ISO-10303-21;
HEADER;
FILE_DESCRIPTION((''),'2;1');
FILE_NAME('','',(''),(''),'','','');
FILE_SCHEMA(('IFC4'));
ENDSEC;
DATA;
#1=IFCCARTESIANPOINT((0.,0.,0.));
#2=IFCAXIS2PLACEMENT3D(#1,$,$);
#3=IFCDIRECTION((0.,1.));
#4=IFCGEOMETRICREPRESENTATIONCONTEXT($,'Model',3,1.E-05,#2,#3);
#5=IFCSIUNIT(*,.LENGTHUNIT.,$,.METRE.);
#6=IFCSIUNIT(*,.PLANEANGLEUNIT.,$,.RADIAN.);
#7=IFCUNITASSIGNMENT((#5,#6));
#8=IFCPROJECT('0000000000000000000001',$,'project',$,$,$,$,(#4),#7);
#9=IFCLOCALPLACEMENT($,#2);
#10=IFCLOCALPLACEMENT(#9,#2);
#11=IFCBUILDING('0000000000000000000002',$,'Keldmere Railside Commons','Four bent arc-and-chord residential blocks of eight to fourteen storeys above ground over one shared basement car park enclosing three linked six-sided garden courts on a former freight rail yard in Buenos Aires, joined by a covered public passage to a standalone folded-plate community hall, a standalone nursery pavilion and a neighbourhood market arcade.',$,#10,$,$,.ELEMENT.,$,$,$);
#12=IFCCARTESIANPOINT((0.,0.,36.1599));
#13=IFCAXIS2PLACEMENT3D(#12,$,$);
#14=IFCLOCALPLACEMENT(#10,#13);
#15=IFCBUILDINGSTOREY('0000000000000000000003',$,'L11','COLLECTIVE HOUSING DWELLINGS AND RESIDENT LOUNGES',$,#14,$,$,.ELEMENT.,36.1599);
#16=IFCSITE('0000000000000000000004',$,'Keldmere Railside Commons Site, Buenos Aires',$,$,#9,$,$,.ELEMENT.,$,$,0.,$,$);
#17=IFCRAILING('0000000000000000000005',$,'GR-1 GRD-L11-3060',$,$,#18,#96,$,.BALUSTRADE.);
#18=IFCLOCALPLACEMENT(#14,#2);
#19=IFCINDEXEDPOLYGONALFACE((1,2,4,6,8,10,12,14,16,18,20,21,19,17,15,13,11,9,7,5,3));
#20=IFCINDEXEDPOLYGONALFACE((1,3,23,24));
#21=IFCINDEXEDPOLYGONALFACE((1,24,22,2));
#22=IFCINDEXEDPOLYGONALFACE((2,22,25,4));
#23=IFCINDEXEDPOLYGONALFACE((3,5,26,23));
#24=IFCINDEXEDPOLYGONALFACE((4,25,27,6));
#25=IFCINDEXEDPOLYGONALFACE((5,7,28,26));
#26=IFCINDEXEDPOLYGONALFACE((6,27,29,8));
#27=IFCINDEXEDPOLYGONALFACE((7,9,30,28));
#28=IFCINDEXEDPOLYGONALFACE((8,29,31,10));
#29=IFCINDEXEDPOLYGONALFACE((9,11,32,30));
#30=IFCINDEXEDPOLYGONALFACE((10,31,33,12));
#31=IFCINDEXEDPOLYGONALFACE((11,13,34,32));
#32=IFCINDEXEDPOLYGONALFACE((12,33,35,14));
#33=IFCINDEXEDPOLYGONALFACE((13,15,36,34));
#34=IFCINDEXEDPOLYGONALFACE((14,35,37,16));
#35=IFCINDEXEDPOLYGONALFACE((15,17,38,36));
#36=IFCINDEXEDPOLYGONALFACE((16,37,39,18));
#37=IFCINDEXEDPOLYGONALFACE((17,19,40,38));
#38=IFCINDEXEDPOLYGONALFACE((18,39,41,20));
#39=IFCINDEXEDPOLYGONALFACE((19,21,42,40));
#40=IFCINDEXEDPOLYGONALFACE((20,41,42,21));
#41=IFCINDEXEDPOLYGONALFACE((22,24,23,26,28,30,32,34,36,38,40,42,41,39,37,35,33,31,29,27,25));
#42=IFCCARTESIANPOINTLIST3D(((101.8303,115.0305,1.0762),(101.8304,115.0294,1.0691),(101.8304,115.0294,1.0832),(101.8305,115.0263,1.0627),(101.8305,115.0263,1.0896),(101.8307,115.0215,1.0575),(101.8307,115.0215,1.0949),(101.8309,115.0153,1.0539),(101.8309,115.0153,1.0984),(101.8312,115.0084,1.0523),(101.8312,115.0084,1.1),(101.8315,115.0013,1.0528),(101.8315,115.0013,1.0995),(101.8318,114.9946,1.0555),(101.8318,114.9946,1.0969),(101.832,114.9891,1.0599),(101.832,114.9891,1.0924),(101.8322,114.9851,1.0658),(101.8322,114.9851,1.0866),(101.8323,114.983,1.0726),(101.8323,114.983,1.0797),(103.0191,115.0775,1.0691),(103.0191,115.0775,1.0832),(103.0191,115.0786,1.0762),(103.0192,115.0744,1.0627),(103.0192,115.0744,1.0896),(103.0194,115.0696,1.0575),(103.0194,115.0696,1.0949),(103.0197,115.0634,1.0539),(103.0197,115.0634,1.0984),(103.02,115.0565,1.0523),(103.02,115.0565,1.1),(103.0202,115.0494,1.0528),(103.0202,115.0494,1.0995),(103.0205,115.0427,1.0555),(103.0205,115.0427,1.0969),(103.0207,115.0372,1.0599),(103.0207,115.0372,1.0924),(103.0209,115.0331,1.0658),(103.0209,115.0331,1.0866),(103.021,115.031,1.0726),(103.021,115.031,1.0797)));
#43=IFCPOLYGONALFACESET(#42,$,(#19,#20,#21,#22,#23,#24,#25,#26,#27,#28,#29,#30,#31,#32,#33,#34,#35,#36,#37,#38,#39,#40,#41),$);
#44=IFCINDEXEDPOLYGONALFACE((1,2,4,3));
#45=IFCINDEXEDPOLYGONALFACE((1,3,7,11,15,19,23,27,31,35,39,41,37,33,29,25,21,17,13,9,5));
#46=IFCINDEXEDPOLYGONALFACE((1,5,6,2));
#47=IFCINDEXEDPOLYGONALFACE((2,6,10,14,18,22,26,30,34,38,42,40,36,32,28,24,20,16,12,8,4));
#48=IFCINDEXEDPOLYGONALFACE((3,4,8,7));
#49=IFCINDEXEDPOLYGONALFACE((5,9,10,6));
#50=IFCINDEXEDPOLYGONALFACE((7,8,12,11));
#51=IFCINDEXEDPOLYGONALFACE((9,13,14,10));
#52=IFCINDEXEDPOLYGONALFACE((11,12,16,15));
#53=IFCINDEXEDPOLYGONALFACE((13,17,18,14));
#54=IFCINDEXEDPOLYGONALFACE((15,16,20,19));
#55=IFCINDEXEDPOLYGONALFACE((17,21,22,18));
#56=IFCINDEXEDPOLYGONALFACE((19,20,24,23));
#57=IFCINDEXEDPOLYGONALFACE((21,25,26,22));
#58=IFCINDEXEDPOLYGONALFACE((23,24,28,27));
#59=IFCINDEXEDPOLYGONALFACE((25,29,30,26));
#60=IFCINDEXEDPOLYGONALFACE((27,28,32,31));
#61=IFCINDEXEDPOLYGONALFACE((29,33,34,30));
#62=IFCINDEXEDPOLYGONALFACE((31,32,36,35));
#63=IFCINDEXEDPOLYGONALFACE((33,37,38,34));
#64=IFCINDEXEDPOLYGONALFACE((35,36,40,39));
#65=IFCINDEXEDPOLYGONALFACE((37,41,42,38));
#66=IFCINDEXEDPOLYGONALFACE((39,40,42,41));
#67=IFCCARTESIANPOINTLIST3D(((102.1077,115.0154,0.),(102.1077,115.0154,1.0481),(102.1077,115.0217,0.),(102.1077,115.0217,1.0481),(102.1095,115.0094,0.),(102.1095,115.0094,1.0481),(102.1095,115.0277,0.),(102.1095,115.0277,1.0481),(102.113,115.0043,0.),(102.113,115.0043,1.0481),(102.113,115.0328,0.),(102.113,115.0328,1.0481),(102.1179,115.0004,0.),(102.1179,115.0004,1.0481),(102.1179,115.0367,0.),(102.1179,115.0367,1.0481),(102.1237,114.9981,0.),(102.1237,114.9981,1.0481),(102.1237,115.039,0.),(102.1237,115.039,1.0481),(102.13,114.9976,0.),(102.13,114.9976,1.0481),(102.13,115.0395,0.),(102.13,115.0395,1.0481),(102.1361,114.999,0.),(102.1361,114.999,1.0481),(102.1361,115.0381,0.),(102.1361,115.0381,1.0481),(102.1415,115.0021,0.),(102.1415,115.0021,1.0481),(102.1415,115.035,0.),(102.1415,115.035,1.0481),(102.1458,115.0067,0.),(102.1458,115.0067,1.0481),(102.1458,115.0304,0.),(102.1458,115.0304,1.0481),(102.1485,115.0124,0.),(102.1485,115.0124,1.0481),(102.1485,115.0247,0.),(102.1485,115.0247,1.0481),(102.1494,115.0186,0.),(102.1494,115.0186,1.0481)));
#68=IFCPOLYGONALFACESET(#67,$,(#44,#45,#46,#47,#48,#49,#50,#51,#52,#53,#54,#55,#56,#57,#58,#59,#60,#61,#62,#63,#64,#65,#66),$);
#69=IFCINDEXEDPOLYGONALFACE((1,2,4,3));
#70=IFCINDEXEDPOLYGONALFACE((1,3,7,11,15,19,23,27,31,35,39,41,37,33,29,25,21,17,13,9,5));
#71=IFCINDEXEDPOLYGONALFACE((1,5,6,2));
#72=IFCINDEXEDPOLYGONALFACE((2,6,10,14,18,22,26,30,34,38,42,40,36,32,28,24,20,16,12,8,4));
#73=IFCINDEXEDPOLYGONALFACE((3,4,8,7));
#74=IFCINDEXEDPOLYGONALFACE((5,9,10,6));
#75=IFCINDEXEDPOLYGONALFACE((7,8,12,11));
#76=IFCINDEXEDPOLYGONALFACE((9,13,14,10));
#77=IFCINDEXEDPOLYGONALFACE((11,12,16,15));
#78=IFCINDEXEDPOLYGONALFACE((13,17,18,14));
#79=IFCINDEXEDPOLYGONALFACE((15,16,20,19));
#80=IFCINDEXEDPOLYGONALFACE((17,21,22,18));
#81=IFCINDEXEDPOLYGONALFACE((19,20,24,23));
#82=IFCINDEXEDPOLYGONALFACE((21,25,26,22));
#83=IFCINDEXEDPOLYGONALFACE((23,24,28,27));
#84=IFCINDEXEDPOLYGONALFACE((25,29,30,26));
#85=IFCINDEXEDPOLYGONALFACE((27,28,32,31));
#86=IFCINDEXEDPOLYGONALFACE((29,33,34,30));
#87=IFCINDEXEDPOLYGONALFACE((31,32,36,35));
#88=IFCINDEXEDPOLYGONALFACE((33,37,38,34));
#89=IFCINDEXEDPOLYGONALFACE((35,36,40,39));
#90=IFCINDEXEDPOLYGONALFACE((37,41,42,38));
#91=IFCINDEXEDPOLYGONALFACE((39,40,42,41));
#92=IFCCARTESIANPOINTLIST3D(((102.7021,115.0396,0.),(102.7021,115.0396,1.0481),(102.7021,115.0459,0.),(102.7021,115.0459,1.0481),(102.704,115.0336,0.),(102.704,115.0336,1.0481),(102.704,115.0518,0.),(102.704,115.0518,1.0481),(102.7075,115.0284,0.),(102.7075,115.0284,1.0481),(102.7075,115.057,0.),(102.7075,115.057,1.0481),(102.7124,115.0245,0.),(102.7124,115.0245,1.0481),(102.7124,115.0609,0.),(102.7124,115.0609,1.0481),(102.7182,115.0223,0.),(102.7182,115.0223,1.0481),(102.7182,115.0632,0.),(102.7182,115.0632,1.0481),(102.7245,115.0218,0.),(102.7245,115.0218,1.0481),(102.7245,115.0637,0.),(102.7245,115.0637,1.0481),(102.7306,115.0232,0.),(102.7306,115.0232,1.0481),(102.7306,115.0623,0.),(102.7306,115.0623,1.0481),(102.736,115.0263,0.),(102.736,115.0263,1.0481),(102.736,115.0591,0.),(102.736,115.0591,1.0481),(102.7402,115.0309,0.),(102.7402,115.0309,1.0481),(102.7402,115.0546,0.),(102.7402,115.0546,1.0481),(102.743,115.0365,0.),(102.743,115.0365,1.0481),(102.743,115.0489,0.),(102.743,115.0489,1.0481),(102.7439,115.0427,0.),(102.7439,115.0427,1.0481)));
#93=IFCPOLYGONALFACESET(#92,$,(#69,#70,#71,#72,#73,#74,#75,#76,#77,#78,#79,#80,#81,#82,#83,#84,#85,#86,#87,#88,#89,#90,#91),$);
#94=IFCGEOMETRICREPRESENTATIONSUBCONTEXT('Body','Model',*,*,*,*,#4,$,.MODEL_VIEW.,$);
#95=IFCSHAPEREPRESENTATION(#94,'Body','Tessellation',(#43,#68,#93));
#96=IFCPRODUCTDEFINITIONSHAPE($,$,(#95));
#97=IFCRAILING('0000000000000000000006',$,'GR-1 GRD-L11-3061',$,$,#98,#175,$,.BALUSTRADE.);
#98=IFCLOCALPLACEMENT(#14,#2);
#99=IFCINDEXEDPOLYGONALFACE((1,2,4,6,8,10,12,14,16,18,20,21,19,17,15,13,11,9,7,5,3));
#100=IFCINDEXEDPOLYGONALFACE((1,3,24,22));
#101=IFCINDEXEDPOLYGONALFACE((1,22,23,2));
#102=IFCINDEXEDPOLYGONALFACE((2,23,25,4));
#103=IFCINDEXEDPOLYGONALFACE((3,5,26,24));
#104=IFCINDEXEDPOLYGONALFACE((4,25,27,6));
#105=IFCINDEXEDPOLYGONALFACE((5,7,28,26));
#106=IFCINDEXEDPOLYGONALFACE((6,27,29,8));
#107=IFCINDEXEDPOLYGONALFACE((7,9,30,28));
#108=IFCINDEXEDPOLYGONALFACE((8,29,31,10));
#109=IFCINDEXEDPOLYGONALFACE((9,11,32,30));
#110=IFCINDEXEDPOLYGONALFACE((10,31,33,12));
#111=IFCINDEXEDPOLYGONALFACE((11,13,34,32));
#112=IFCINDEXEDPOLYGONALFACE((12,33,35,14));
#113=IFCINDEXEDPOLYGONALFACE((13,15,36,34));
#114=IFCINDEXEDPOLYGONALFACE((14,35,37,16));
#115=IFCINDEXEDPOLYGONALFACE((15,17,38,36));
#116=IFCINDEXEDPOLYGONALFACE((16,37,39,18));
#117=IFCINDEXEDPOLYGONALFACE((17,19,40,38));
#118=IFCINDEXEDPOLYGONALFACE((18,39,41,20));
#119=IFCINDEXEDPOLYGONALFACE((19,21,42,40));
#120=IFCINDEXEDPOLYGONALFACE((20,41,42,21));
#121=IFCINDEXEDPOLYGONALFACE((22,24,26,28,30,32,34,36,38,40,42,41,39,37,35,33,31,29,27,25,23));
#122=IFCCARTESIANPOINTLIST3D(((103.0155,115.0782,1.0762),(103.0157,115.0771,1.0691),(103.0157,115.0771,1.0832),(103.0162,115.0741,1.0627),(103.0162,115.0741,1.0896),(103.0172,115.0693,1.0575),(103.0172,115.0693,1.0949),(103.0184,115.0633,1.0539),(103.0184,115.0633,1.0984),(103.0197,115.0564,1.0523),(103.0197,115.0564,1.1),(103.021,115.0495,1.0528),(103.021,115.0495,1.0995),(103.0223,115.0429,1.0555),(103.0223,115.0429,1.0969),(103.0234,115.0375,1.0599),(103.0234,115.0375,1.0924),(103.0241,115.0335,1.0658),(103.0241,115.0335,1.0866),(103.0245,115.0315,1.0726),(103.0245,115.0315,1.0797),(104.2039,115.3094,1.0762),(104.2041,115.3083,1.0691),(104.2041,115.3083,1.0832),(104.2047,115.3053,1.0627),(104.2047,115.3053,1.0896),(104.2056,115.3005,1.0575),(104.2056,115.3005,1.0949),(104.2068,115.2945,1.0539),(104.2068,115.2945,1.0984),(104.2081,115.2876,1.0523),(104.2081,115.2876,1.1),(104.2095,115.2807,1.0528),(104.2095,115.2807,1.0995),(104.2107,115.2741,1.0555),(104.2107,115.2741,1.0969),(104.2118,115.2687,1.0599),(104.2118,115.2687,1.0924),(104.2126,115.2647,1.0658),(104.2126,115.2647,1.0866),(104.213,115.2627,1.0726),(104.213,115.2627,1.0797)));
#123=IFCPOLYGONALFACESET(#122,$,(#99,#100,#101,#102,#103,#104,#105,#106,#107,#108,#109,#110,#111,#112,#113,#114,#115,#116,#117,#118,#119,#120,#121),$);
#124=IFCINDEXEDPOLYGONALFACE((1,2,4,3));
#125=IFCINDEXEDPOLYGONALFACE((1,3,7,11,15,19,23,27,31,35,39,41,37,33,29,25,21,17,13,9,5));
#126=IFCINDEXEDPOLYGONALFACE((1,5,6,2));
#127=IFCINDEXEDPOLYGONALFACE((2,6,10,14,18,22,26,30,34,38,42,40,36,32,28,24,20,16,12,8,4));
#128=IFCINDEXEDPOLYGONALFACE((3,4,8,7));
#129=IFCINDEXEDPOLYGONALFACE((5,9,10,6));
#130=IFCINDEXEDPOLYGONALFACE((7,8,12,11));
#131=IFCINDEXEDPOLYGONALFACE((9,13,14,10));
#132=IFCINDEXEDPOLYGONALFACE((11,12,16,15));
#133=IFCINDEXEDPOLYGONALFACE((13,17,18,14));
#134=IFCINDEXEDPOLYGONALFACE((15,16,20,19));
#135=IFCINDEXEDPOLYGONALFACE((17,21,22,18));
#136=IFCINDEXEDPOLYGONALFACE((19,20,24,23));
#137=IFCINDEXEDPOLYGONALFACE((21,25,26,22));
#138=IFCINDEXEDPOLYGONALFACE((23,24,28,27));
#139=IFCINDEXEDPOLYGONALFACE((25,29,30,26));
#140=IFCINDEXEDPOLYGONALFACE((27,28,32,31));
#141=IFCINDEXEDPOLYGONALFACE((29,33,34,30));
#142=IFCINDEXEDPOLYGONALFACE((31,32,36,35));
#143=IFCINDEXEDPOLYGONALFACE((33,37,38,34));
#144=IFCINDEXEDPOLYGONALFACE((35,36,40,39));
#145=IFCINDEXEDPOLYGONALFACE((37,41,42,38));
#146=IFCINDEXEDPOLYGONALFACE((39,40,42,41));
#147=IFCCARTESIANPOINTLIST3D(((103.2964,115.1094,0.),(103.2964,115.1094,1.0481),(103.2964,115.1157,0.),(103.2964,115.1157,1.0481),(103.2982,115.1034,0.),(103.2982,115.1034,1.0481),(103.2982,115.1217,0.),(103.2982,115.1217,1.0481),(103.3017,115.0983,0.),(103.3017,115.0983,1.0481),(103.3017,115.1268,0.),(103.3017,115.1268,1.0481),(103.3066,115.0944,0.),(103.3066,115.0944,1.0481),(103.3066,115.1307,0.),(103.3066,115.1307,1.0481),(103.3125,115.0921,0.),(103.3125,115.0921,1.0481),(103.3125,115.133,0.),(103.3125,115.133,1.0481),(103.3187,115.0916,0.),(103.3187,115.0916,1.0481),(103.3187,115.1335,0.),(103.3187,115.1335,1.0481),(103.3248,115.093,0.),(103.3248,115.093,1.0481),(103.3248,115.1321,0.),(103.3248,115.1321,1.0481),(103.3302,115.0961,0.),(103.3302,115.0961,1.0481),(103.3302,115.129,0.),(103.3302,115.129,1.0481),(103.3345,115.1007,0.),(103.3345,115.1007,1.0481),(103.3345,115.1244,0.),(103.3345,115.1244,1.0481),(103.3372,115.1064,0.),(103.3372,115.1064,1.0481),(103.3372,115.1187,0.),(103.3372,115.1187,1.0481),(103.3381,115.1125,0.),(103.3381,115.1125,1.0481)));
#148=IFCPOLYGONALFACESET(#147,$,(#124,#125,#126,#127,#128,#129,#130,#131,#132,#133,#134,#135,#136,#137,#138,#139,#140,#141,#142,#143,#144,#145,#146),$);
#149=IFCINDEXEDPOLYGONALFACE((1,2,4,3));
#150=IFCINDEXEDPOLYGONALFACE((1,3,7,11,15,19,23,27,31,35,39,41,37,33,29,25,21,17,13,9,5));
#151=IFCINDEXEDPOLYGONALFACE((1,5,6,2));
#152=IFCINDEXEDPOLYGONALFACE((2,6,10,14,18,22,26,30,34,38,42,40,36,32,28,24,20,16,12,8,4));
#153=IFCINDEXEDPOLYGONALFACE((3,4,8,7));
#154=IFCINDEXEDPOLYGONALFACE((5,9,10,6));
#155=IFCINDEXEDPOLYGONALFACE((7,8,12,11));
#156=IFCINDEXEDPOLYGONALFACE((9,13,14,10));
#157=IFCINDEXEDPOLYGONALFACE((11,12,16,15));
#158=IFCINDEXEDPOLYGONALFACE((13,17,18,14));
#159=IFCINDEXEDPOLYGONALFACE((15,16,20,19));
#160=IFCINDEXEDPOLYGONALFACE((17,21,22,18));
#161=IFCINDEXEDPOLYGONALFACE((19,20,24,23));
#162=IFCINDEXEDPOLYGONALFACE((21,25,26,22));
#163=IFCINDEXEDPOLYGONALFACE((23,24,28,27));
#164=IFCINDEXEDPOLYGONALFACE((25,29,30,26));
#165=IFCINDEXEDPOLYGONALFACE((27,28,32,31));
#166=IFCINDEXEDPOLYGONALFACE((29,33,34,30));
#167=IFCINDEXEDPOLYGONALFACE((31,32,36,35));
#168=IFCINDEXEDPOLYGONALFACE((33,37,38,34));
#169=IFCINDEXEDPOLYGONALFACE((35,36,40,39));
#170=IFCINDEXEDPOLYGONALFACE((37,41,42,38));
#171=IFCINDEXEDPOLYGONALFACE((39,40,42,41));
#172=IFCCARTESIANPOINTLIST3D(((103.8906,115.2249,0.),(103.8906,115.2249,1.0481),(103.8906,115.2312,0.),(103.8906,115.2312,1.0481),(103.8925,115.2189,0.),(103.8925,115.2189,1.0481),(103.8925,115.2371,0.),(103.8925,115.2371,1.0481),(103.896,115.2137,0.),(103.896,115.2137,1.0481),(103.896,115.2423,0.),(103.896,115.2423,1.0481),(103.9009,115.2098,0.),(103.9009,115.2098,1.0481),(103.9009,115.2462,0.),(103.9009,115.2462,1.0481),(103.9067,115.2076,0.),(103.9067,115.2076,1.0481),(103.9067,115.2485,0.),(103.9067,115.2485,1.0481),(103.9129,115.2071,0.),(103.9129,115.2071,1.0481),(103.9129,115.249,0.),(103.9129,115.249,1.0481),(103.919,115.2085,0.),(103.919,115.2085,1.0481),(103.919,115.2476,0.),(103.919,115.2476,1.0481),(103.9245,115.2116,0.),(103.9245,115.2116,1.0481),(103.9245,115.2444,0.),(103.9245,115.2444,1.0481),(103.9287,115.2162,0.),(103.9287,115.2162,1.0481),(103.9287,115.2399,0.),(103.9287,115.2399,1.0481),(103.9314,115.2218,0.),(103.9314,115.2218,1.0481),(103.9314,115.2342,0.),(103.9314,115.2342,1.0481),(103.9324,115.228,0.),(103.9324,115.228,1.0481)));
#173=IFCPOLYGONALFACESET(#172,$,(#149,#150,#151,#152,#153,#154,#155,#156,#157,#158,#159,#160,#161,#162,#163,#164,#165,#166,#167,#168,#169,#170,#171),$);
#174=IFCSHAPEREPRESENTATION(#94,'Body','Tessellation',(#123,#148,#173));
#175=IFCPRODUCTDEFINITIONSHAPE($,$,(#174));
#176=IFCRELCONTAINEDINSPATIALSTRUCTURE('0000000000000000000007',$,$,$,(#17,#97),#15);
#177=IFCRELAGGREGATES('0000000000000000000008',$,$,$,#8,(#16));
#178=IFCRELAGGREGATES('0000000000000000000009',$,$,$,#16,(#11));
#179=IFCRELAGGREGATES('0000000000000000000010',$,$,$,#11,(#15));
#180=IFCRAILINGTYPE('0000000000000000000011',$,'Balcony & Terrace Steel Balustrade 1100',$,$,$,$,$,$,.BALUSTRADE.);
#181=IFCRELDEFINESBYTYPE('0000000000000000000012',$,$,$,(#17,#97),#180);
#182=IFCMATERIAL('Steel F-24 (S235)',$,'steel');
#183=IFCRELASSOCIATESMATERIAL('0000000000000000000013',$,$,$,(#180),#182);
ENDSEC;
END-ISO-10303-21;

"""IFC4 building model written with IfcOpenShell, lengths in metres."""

from ifc_helpers import new_model, si_unit, direction, frame, origin, origin_2d, place, context, subcontext, project, spatial, circle, extrude, material, type_object, element, save


model = new_model("IFC4")

# Units and contexts
model_context = context("Model", 3, precision=1e-05, world=origin(), true_north=direction((0.0, 1.0)))
body_context = subcontext(model_context, "Body", "Model", "MODEL_VIEW")
ifc_project = project(units=[si_unit("LENGTHUNIT", "METRE"), si_unit("PLANEANGLEUNIT", "RADIAN")], contexts=[model_context])

# Site, building, storey
site_placement = place(None, origin())
site = spatial("IfcSite", under=ifc_project, at=site_placement, Name="Keldmere Railside Commons Site, Buenos Aires", CompositionType="ELEMENT", RefElevation=0.0)
building_placement = place(site_placement, origin())
building = spatial("IfcBuilding", under=site, at=building_placement, Name="Keldmere Railside Commons", Description="Four bent arc-and-chord residential blocks of eight to fourteen storeys above ground over one shared basement car park enclosing three linked six-sided garden courts on a former freight rail yard in Buenos Aires, joined by a covered public passage to a standalone folded-plate community hall, a standalone nursery pavilion and a neighbourhood market arcade.", CompositionType="ELEMENT")
storey_placement = place(building_placement, frame((0.0, 0.0, 36.1599)))
storey = spatial("IfcBuildingStorey", under=building, at=storey_placement, Name="L11", Description="COLLECTIVE HOUSING DWELLINGS AND RESIDENT LOUNGES", CompositionType="ELEMENT", Elevation=36.1599)

# Railings
ifc_material_1 = material(Name="Steel F-24 (S235)", Category="steel")
railing_type = type_object("IfcRailingType", Name="Balcony & Terrace Steel Balustrade 1100", PredefinedType="BALUSTRADE", material=ifc_material_1)
railing_1_placement = place(storey_placement, frame((101.8313, 115.0066, 0.0)))
element("IfcRailing", 1, at=railing_1_placement, inside=storey, type_object=railing_type, Name="GR-1 GRD-L11-3060", PredefinedType="BALUSTRADE", context=body_context, shape_type="SweptSolid", body=[
    extrude(circle(Radius=0.0239, at=origin_2d()), frame((0.0, 0.0, 1.0762), z_axis=(0.999182, 0.040427, 0.0), x_axis=(-0.040427, 0.999182, 0.0)), (0.0, 0.0, 1.0), 1.1897),
    extrude(circle(Radius=0.021, at=origin_2d()), frame((0.2971, 0.012, 0.0)), (0.0, 0.0, 1.0), 1.0481),
    extrude(circle(Radius=0.021, at=origin_2d()), frame((0.8916, 0.0361, 0.0)), (0.0, 0.0, 1.0), 1.0481),
])
railing_2_placement = place(storey_placement, frame((103.02, 115.0547, 0.0)))
element("IfcRailing", 2, at=railing_2_placement, inside=storey, type_object=railing_type, Name="GR-1 GRD-L11-3061", PredefinedType="BALUSTRADE", context=body_context, shape_type="SweptSolid", body=[
    extrude(circle(Radius=0.0239, at=origin_2d()), frame((0.0, 0.0, 1.0762), z_axis=(0.981599, 0.190956, 0.0), x_axis=(-0.190956, 0.981599, 0.0)), (0.0, 0.0, 1.0), 1.2107),
    extrude(circle(Radius=0.021, at=origin_2d()), frame((0.2971, 0.0579, 0.0)), (0.0, 0.0, 1.0), 1.0481),
    extrude(circle(Radius=0.021, at=origin_2d()), frame((0.8914, 0.1733, 0.0)), (0.0, 0.0, 1.0), 1.0481),
])

save(model, "model.ifc")
